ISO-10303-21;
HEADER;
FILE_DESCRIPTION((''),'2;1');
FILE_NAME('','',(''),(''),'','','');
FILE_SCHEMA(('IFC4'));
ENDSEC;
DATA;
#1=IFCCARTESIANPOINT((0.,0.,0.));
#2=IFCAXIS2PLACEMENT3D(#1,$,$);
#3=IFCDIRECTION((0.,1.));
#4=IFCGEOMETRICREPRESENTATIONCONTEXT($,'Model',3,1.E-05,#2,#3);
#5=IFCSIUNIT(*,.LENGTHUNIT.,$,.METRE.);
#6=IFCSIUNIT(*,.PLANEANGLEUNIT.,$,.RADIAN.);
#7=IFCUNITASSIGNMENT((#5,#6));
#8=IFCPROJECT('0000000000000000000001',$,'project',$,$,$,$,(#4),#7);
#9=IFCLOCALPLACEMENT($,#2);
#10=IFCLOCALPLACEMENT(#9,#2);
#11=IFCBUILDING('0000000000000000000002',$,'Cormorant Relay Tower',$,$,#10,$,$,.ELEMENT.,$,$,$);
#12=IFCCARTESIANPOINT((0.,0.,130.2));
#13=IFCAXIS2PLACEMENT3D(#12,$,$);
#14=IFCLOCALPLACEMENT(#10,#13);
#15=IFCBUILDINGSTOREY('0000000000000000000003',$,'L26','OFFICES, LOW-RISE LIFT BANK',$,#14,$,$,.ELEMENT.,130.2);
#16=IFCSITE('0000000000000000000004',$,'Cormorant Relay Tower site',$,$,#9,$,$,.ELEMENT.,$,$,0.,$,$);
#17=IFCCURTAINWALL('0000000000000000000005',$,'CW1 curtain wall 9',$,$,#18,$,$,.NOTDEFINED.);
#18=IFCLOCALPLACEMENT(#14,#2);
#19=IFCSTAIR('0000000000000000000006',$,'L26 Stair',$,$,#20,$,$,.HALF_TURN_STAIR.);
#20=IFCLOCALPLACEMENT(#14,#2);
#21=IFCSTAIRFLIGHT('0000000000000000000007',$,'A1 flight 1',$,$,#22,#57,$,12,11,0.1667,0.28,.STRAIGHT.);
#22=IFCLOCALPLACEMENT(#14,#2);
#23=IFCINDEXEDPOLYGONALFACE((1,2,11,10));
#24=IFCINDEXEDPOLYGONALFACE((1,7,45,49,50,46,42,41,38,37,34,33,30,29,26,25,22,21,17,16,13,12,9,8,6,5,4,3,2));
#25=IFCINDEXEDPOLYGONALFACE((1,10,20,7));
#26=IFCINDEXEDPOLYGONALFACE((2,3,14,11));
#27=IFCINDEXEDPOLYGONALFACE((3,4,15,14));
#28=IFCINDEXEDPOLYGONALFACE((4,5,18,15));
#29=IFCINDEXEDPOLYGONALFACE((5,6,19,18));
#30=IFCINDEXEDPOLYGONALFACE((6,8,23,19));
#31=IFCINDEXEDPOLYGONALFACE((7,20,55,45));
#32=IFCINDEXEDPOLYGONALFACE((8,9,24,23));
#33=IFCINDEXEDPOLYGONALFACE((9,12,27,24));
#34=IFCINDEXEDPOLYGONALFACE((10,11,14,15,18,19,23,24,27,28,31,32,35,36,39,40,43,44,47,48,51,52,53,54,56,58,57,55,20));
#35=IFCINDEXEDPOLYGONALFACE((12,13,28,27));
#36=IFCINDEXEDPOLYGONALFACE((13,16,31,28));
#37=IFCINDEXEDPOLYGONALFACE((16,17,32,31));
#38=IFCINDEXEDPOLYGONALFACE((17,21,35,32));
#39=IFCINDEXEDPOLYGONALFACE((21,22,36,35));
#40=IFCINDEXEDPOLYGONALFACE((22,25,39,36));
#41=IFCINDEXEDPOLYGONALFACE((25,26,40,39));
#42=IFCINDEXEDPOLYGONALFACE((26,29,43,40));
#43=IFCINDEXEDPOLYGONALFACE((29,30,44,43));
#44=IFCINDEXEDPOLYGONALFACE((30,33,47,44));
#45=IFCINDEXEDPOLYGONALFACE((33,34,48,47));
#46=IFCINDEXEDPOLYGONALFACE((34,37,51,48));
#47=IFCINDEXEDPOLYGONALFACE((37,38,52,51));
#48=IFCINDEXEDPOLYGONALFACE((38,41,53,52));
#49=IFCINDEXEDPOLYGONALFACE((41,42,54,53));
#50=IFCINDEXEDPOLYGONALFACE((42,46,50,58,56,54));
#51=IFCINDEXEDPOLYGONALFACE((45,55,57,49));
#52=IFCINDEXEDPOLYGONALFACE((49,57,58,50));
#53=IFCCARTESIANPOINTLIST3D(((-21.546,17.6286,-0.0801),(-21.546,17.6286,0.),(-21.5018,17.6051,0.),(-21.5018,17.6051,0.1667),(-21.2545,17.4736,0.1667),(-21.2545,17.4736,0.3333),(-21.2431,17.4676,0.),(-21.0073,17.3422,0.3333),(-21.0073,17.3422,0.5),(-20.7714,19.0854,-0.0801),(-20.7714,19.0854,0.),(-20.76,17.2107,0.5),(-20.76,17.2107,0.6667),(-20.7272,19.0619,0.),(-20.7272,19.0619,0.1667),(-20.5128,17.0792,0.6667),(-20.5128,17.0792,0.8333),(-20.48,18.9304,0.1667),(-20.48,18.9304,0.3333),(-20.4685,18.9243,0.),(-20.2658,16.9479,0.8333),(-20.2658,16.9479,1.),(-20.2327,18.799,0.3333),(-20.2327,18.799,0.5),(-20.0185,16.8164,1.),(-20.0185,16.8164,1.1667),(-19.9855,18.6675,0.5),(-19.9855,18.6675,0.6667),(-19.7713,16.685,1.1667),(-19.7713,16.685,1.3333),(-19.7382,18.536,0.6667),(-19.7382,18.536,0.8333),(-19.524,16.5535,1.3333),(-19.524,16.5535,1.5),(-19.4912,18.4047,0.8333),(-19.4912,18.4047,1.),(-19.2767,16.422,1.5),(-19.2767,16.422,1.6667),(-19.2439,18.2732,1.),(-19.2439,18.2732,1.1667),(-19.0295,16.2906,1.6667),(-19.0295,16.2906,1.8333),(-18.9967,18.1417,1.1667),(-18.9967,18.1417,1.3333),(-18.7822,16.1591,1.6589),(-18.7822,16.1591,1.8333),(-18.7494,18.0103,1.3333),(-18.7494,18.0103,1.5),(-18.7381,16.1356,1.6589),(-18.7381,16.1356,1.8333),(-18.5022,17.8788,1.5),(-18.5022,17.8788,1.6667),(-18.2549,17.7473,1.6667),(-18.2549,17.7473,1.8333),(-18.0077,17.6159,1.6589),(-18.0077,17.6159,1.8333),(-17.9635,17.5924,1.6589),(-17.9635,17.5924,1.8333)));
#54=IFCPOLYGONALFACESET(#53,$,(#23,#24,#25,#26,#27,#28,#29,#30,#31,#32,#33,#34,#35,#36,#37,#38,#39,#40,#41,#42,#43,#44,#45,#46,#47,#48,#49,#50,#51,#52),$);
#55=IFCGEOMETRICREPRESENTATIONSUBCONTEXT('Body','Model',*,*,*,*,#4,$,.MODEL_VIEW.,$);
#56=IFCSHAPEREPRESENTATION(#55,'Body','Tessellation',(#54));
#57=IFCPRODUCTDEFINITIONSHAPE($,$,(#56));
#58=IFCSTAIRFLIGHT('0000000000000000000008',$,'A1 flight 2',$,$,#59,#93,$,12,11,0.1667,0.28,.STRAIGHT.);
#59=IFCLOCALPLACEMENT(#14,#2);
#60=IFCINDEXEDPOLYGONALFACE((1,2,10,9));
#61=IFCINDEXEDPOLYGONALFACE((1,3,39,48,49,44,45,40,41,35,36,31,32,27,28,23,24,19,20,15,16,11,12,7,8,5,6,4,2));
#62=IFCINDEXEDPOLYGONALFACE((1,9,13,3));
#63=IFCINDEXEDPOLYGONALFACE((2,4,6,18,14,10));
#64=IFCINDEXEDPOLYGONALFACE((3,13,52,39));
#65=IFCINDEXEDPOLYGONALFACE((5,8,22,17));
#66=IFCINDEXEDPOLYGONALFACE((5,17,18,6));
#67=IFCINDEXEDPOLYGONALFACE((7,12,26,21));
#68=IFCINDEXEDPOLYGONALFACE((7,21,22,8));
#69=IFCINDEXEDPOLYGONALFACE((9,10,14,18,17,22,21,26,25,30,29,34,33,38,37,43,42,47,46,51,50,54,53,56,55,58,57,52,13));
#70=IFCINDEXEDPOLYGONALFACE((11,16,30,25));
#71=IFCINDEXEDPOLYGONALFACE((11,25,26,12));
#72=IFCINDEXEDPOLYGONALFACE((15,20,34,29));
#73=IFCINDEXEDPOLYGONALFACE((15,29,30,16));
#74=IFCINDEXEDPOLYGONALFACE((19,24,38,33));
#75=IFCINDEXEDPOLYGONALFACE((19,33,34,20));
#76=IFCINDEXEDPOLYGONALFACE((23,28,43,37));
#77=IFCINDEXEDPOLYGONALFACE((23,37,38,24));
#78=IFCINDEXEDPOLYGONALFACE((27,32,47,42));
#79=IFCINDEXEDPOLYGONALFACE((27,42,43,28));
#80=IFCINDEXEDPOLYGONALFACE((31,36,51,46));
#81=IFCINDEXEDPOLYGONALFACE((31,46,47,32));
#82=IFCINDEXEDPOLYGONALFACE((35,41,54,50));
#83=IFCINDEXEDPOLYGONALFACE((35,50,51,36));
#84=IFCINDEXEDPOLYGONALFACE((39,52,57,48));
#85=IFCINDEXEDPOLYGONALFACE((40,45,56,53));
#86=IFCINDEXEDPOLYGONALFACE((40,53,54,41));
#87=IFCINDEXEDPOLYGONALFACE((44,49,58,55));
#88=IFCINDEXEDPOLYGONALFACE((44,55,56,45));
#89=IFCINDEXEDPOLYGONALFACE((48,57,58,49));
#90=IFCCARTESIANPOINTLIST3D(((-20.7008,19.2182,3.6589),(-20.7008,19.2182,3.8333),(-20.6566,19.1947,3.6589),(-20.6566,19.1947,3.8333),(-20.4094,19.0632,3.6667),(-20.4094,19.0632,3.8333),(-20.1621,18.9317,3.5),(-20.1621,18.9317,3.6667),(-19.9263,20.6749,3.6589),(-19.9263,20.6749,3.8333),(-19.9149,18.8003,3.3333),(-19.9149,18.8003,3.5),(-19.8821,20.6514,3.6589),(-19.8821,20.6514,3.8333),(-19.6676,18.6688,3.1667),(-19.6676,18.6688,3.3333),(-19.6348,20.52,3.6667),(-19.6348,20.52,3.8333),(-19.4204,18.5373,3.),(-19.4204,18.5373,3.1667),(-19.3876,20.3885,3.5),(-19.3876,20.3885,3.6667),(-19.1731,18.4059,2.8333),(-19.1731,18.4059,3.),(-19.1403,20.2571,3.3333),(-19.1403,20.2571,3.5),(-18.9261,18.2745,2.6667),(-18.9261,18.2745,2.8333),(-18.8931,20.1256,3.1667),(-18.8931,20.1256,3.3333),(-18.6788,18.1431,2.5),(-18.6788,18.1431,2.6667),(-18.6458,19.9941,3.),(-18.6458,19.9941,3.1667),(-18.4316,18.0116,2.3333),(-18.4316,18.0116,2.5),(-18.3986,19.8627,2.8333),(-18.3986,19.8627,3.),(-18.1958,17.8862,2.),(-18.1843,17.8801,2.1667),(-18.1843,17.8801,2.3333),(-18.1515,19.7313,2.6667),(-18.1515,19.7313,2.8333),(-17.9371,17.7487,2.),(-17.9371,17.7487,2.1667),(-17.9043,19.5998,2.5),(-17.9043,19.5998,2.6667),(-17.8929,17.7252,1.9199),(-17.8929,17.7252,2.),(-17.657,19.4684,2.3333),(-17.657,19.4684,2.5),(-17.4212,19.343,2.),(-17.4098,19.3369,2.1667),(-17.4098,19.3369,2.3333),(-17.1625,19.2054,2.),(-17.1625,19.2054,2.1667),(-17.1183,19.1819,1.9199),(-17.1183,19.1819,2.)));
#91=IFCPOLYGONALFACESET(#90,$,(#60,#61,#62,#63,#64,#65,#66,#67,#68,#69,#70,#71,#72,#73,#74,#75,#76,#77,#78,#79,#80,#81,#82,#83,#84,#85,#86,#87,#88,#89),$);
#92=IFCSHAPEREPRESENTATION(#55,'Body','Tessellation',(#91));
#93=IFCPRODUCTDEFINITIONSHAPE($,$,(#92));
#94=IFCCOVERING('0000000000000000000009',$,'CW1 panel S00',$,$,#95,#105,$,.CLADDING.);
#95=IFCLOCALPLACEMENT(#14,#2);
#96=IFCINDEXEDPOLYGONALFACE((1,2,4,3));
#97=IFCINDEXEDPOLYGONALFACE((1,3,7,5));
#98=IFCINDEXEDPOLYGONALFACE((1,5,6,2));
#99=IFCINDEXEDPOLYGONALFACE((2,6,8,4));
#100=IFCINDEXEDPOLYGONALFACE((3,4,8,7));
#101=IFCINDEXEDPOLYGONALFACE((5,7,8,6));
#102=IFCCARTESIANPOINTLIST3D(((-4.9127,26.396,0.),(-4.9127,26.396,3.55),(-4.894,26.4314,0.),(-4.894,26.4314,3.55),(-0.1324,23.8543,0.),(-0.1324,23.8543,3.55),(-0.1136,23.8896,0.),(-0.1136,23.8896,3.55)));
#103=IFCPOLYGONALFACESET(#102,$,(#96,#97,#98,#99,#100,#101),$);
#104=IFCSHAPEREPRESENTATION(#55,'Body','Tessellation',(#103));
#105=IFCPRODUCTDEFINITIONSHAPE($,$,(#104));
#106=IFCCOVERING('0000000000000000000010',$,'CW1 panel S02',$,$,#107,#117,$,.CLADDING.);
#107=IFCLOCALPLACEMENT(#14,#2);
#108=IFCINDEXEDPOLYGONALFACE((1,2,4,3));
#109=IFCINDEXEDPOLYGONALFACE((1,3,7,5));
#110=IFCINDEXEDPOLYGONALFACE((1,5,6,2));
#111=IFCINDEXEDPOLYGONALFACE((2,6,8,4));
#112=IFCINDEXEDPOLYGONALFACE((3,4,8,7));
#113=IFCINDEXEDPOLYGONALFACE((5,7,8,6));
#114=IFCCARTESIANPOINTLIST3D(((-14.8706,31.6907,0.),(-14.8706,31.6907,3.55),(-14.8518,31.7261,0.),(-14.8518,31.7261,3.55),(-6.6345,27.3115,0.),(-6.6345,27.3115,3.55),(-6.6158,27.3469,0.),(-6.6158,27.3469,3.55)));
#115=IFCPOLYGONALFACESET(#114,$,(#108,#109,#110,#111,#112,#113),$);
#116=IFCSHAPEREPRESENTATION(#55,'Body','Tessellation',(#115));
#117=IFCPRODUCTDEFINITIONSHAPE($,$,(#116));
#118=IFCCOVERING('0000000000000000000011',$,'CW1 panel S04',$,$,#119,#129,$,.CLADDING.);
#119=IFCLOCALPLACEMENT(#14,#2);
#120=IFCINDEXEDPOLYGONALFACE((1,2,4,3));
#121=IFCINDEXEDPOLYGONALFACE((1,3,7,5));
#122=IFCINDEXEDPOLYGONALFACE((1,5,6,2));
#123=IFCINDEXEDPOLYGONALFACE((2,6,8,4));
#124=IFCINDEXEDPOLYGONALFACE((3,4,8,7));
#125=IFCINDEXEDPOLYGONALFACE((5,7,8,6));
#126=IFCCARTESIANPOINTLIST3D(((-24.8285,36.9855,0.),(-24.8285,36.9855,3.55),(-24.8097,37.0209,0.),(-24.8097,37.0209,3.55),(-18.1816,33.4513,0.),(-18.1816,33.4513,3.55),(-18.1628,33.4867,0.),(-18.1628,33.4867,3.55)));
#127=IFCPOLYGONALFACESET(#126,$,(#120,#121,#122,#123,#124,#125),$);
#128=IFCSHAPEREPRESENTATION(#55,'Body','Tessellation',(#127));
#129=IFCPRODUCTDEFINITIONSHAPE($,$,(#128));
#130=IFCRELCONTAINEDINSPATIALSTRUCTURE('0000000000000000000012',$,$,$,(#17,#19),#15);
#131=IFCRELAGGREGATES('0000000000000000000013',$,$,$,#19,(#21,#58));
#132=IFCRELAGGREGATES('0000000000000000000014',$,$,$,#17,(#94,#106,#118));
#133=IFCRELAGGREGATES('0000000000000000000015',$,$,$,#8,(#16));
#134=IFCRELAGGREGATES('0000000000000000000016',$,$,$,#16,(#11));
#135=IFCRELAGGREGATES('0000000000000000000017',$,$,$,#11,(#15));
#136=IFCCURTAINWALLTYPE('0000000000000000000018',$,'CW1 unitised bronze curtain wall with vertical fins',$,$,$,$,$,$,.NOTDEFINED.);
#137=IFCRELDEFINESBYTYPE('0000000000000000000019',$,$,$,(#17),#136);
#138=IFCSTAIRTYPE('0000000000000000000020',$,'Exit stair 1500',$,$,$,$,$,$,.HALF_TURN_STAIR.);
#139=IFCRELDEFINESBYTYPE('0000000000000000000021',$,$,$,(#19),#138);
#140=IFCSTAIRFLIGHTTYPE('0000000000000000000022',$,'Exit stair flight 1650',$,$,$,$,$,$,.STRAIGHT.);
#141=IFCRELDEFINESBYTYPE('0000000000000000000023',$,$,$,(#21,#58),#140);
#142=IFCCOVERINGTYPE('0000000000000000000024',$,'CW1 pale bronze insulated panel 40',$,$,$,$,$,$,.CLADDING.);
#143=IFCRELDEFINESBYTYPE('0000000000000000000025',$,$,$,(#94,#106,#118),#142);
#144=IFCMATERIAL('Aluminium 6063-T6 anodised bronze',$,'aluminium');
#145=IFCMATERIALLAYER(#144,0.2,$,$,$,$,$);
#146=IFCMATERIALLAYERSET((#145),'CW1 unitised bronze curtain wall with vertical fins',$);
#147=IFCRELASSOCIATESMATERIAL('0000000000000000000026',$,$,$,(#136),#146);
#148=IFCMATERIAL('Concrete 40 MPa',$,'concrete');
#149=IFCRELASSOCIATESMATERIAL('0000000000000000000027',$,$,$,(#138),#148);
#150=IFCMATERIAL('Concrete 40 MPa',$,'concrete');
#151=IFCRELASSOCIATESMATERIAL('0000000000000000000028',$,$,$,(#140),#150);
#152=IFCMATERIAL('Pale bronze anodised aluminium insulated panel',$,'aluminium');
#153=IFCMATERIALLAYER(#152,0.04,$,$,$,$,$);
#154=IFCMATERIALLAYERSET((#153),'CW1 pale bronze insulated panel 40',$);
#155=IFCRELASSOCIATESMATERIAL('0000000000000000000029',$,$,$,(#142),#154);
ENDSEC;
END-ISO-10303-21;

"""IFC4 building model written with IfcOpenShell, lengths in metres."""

from ifc_helpers import new_model, si_unit, direction, frame, origin, origin_2d, place, context, subcontext, project, spatial, polyline, rectangle, outline, extrude, material, layer, layer_set, type_object, element, aggregate, save


model = new_model("IFC4")

# Units and contexts
model_context = context("Model", 3, precision=1e-05, world=origin(), true_north=direction((0.0, 1.0)))
body_context = subcontext(model_context, "Body", "Model", "MODEL_VIEW")
ifc_project = project(units=[si_unit("LENGTHUNIT", "METRE"), si_unit("PLANEANGLEUNIT", "RADIAN")], contexts=[model_context])

# Site, building, storey
site_placement = place(None, origin())
site = spatial("IfcSite", under=ifc_project, at=site_placement, Name="Cormorant Relay Tower site", CompositionType="ELEMENT", RefElevation=0.0)
building_placement = place(site_placement, origin())
building = spatial("IfcBuilding", under=site, at=building_placement, Name="Cormorant Relay Tower", CompositionType="ELEMENT")
storey_placement = place(building_placement, frame((0.0, 0.0, 130.2)))
storey = spatial("IfcBuildingStorey", under=building, at=storey_placement, Name="L26", Description="OFFICES, LOW-RISE LIFT BANK", CompositionType="ELEMENT", Elevation=130.2)

# Curtain wall
ifc_material_1 = material(Name="Aluminium 6063-T6 anodised bronze", Category="aluminium")
ifc_layer_1 = layer(ifc_material_1, 0.2)
ifc_layer_set_1 = layer_set([ifc_layer_1], Name="CW1 unitised bronze curtain wall with vertical fins")
curtain_wall_type = type_object("IfcCurtainWallType", Name="CW1 unitised bronze curtain wall with vertical fins", PredefinedType="NOTDEFINED", material=ifc_layer_set_1)
curtain_wall_placement = place(storey_placement, origin())
curtain_wall = element("IfcCurtainWall", 1, at=curtain_wall_placement, inside=storey, type_object=curtain_wall_type, Name="CW1 curtain wall 9", PredefinedType="NOTDEFINED")

# Stair, stair flights
ifc_material_2 = material(Name="Concrete 40 MPa", Category="concrete")
stair_type = type_object("IfcStairType", Name="Exit stair 1500", PredefinedType="HALF_TURN_STAIR", material=ifc_material_2)
stair_placement = place(storey_placement, origin())
stair = element("IfcStair", 2, at=stair_placement, inside=storey, type_object=stair_type, Name="L26 Stair", PredefinedType="HALF_TURN_STAIR")
ifc_material_3 = material(Name="Concrete 40 MPa", Category="concrete")
stair_flight_type = type_object("IfcStairFlightType", Name="Exit stair flight 1650", PredefinedType="STRAIGHT", material=ifc_material_3)
stair_flight_1_placement = place(storey_placement, frame((-21.1145, 18.3335, 0.0), z_axis=(0.0, 0.0, 1.0), x_axis=(0.882948, -0.469472, 0.0)))
stair_flight_1 = element("IfcStairFlight", 3, at=stair_flight_1_placement, type_object=stair_flight_type, Name="A1 flight 1", NumberOfRisers=12, NumberOfTreads=11, PredefinedType="STRAIGHT", RiserHeight=0.1667, TreadLength=0.28, context=body_context, shape_type="SweptSolid", body=[
    extrude(outline(polyline([(-0.05, -0.0801), (-0.05, 0.0), (0.0, 0.0), (0.0, 0.1667), (0.28, 0.1667), (0.28, 0.3333), (0.5601, 0.3333), (0.5601, 0.5), (0.8401, 0.5), (0.8401, 0.6667), (1.1201, 0.6667), (1.1201, 0.8333), (1.3999, 0.8333), (1.3999, 1.0), (1.6799, 1.0), (1.6799, 1.1667), (1.96, 1.1667), (1.96, 1.3333), (2.24, 1.3333), (2.24, 1.5), (2.52, 1.5), (2.52, 1.6667), (2.8, 1.6667), (2.8, 1.8333), (3.0801, 1.8333), (3.1301, 1.8333), (3.1301, 1.6589), (3.0801, 1.6589), (0.293, 0.0), (-0.05, -0.0801)])), frame((0.0, 0.825, 0.0), z_axis=(0.0, -1.0, 0.0), x_axis=(1.0, 0.0, 0.0)), (0.0, 0.0, 1.0), 1.6499),
])
stair_flight_2_placement = place(storey_placement, frame((-17.5498, 18.4771, 2.0), z_axis=(0.0, 0.0, 1.0), x_axis=(-0.882948, 0.469472, 0.0)))
stair_flight_2 = element("IfcStairFlight", 4, at=stair_flight_2_placement, type_object=stair_flight_type, Name="A1 flight 2", NumberOfRisers=12, NumberOfTreads=11, PredefinedType="STRAIGHT", RiserHeight=0.1667, TreadLength=0.28, context=body_context, shape_type="SweptSolid", body=[
    extrude(outline(polyline([(-0.05, -0.0801), (-0.05, 0.0), (0.0, 0.0), (0.0, 0.1667), (0.28, 0.1667), (0.28, 0.3333), (0.5601, 0.3333), (0.5601, 0.5), (0.8401, 0.5), (0.8401, 0.6667), (1.1201, 0.6667), (1.1201, 0.8333), (1.3999, 0.8333), (1.3999, 1.0), (1.6799, 1.0), (1.6799, 1.1667), (1.96, 1.1667), (1.96, 1.3333), (2.24, 1.3333), (2.24, 1.5), (2.52, 1.5), (2.52, 1.6667), (2.8, 1.6667), (2.8, 1.8333), (3.0801, 1.8333), (3.1301, 1.8333), (3.1301, 1.6589), (3.0801, 1.6589), (0.293, 0.0), (-0.05, -0.0801)])), frame((0.0, 0.825, 0.0), z_axis=(0.0, -1.0, 0.0), x_axis=(1.0, 0.0, 0.0)), (0.0, 0.0, 1.0), 1.6499),
])
aggregate(stair, [stair_flight_1, stair_flight_2])

# Coverings
ifc_material_4 = material(Name="Pale bronze anodised aluminium insulated panel", Category="aluminium")
ifc_layer_2 = layer(ifc_material_4, 0.04)
ifc_layer_set_2 = layer_set([ifc_layer_2], Name="CW1 pale bronze insulated panel 40")
covering_type = type_object("IfcCoveringType", Name="CW1 pale bronze insulated panel 40", PredefinedType="CLADDING", material=ifc_layer_set_2)
covering_1_placement = place(storey_placement, frame((-2.5132, 25.1428, 0.0), z_axis=(0.0, 0.0, 1.0), x_axis=(-0.882948, 0.469472, 0.0)))
covering_1 = element("IfcCovering", 5, at=covering_1_placement, type_object=covering_type, Name="CW1 panel S00", PredefinedType="CLADDING", context=body_context, shape_type="SweptSolid", body=[
    extrude(rectangle(XDim=5.4141, YDim=0.04, at=origin_2d()), origin(), (0.0, 0.0, 1.0), 3.55),
])
covering_2_placement = place(storey_placement, frame((-10.7432, 29.5188, 0.0), z_axis=(0.0, 0.0, 1.0), x_axis=(-0.882948, 0.469472, 0.0)))
covering_2 = element("IfcCovering", 6, at=covering_2_placement, type_object=covering_type, Name="CW1 panel S02", PredefinedType="CLADDING", context=body_context, shape_type="SweptSolid", body=[
    extrude(rectangle(XDim=9.3279, YDim=0.04, at=origin_2d()), origin(), (0.0, 0.0, 1.0), 3.55),
])
covering_3_placement = place(storey_placement, frame((-21.4956, 35.2361, 0.0), z_axis=(0.0, 0.0, 1.0), x_axis=(-0.882948, 0.469472, 0.0)))
covering_3 = element("IfcCovering", 7, at=covering_3_placement, type_object=covering_type, Name="CW1 panel S04", PredefinedType="CLADDING", context=body_context, shape_type="SweptSolid", body=[
    extrude(rectangle(XDim=7.5281, YDim=0.04, at=origin_2d()), origin(), (0.0, 0.0, 1.0), 3.55),
])
aggregate(curtain_wall, [covering_1, covering_2, covering_3])

save(model, "model.ifc")
